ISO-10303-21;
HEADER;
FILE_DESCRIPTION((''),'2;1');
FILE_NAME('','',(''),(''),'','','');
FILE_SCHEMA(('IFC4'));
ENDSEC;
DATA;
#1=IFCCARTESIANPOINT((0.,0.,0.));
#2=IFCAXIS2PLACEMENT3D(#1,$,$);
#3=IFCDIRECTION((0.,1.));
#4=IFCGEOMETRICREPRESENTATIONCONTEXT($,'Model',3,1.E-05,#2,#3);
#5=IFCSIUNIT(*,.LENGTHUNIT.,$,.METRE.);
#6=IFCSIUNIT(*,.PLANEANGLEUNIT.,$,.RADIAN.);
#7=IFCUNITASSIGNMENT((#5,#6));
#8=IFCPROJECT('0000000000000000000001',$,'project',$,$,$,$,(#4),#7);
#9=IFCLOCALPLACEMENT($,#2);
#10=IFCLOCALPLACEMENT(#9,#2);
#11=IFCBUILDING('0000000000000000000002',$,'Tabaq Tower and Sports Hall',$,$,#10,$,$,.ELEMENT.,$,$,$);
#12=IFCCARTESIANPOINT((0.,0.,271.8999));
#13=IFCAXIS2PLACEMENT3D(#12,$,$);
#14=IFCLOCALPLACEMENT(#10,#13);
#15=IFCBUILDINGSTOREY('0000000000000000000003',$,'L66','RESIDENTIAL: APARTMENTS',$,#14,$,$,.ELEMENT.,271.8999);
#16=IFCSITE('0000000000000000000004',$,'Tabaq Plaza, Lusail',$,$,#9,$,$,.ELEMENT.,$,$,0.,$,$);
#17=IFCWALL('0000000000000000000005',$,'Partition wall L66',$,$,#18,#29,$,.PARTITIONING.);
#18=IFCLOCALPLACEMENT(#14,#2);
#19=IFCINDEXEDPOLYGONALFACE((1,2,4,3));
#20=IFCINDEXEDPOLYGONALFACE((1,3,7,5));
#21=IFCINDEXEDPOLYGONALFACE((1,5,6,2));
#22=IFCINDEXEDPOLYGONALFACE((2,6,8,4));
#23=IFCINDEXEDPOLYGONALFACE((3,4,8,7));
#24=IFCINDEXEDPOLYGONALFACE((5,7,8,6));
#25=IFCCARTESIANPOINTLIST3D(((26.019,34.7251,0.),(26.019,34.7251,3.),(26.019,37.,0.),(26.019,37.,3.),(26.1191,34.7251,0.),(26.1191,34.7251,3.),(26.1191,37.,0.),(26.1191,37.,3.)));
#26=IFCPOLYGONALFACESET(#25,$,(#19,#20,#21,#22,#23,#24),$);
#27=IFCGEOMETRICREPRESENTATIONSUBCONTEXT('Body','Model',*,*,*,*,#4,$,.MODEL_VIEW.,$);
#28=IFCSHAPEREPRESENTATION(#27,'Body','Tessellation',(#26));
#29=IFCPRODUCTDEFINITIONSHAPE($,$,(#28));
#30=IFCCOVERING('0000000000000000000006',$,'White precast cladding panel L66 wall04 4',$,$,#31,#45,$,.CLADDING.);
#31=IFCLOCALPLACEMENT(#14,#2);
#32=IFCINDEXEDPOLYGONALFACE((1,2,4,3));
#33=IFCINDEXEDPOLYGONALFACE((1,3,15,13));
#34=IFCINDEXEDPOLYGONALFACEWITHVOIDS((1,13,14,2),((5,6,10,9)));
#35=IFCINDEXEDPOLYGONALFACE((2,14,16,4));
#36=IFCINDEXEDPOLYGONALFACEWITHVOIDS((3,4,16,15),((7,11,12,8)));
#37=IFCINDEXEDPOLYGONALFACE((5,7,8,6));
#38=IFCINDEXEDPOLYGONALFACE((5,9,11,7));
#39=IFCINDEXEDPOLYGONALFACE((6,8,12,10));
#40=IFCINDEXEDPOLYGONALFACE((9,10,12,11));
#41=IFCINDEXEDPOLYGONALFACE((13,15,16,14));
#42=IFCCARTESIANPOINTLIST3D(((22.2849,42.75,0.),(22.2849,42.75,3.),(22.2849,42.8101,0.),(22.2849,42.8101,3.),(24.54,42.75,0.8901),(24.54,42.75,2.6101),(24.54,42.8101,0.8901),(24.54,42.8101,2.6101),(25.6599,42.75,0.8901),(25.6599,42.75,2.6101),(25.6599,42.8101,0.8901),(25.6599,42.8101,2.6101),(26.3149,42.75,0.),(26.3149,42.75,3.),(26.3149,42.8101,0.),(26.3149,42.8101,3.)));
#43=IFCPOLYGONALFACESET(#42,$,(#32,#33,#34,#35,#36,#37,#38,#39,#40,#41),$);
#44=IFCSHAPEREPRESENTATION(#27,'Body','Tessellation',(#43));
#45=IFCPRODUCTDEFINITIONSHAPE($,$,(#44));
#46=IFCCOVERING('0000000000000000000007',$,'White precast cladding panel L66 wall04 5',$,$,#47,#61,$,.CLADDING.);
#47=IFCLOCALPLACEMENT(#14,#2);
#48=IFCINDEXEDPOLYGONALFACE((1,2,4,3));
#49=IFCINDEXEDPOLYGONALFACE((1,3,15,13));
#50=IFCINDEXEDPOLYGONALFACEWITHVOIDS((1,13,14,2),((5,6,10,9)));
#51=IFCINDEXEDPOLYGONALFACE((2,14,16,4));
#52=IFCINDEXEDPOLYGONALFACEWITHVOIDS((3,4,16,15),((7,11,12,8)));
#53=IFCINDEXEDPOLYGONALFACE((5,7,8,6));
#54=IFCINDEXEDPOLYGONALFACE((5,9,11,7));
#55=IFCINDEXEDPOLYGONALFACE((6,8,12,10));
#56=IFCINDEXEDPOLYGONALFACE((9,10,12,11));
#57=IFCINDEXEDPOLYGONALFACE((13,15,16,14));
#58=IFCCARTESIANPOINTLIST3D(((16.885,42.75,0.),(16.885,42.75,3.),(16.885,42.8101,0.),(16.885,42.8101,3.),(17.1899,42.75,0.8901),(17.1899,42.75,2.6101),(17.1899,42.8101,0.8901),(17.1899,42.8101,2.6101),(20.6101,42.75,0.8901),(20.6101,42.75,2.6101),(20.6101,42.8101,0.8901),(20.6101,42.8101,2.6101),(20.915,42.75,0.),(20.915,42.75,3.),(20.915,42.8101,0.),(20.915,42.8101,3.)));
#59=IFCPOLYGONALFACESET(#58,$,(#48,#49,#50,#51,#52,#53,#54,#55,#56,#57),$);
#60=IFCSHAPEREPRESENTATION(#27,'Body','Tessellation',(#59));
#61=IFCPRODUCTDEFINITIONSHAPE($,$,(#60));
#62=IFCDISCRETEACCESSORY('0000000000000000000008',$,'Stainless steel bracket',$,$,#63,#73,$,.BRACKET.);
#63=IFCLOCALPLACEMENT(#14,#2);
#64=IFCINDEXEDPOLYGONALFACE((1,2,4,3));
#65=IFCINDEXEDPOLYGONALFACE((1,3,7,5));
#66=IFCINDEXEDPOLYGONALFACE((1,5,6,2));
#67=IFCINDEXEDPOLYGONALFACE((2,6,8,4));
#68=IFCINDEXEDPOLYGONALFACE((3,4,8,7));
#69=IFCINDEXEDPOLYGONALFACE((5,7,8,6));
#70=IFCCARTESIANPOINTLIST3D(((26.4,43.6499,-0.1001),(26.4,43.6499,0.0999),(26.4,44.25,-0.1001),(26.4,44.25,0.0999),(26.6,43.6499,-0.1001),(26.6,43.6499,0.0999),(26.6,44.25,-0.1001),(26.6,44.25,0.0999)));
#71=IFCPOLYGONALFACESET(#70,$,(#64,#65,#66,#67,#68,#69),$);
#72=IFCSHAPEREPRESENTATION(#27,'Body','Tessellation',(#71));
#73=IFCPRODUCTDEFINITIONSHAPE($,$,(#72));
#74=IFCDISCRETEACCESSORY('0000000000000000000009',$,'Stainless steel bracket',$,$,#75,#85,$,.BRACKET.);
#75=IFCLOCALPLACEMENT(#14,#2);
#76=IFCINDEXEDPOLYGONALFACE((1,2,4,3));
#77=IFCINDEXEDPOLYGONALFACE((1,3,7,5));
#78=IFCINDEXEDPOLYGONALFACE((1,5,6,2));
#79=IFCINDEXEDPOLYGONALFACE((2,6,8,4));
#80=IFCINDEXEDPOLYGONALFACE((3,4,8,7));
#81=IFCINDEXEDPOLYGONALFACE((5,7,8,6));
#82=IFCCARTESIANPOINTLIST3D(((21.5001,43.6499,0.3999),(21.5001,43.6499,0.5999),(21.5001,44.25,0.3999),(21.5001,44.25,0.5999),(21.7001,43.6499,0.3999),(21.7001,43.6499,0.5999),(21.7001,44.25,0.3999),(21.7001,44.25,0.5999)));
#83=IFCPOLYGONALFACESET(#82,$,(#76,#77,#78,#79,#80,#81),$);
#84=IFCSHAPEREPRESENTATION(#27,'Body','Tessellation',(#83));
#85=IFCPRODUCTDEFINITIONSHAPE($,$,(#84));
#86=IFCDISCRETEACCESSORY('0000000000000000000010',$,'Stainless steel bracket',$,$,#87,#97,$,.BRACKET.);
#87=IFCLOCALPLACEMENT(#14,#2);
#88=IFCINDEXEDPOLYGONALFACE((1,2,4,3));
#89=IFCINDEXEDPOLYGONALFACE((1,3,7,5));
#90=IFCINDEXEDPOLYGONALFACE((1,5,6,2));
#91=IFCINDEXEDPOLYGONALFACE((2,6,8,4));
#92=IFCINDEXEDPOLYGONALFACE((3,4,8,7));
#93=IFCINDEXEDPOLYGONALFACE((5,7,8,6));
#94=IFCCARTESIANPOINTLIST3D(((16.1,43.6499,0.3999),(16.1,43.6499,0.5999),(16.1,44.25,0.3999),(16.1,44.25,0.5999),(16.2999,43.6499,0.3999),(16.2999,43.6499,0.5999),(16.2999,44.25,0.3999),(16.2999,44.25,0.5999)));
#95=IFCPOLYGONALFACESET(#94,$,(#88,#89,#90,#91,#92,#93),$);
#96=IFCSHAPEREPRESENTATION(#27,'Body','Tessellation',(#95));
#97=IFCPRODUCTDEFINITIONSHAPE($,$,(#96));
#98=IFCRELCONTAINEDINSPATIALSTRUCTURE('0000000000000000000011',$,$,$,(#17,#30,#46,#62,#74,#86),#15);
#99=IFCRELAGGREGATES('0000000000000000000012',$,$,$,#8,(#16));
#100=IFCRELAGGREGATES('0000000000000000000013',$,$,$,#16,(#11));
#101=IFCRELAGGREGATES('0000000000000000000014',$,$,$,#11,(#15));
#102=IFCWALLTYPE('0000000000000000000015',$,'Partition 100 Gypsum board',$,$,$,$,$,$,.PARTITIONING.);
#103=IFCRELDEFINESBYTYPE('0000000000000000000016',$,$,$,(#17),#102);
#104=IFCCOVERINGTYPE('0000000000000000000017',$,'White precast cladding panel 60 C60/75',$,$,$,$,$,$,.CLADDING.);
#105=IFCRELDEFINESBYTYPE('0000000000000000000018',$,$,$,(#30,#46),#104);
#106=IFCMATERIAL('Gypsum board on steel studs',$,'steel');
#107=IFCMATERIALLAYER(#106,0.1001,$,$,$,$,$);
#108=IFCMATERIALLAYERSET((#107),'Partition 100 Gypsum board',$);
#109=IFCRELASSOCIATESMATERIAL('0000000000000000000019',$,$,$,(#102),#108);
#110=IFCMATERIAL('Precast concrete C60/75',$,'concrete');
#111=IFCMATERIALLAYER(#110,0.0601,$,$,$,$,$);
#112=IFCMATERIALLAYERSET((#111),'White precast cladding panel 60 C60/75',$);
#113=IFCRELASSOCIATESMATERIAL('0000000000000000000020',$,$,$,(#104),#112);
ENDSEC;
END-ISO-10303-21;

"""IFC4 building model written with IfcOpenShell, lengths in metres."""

from ifc_helpers import new_model, si_unit, direction, frame, frame_2d, origin, origin_2d, place, context, subcontext, project, spatial, polyline, rectangle, outline, extrude, material, layer, layer_set, type_object, element, save


model = new_model("IFC4")

# Units and contexts
model_context = context("Model", 3, precision=1e-05, world=origin(), true_north=direction((0.0, 1.0)))
body_context = subcontext(model_context, "Body", "Model", "MODEL_VIEW")
ifc_project = project(units=[si_unit("LENGTHUNIT", "METRE"), si_unit("PLANEANGLEUNIT", "RADIAN")], contexts=[model_context])

# Site, building, storey
site_placement = place(None, origin())
site = spatial("IfcSite", under=ifc_project, at=site_placement, Name="Tabaq Plaza, Lusail", CompositionType="ELEMENT", RefElevation=0.0)
building_placement = place(site_placement, origin())
building = spatial("IfcBuilding", under=site, at=building_placement, Name="Tabaq Tower and Sports Hall", CompositionType="ELEMENT")
storey_placement = place(building_placement, frame((0.0, 0.0, 271.8999)))
storey = spatial("IfcBuildingStorey", under=building, at=storey_placement, Name="L66", Description="RESIDENTIAL: APARTMENTS", CompositionType="ELEMENT", Elevation=271.8999)

# Shared definitions
ifc_material_1 = material(Name="Gypsum board on steel studs", Category="steel")
ifc_layer_1 = layer(ifc_material_1, 0.1001)
ifc_layer_set_1 = layer_set([ifc_layer_1], Name="Partition 100 Gypsum board")
wall_type = type_object("IfcWallType", Name="Partition 100 Gypsum board", PredefinedType="PARTITIONING", material=ifc_layer_set_1)

# Wall
wall_1_placement = place(storey_placement, frame((26.0691, 34.7251, 0.0), z_axis=(0.0, 0.0, 1.0), x_axis=(0.0, 1.0, 0.0)))
element("IfcWall", 1, at=wall_1_placement, inside=storey, type_object=wall_type, Name="Partition wall L66", PredefinedType="PARTITIONING", context=body_context, shape_type="SweptSolid", body=[
    extrude(rectangle(XDim=2.2749, YDim=0.1001, at=frame_2d((1.1375, 0.0))), origin(), (0.0, 0.0, 1.0), 3.0),
])

# Coverings
ifc_material_2 = material(Name="Precast concrete C60/75", Category="concrete")
ifc_layer_2 = layer(ifc_material_2, 0.0601)
ifc_layer_set_2 = layer_set([ifc_layer_2], Name="White precast cladding panel 60 C60/75")
covering_type = type_object("IfcCoveringType", Name="White precast cladding panel 60 C60/75", PredefinedType="CLADDING", material=ifc_layer_set_2)
covering_1_placement = place(storey_placement, frame((26.3149, 42.78, 0.0), z_axis=(0.0, 0.0, 1.0), x_axis=(-1.0, 0.0, 0.0)))
element("IfcCovering", 2, at=covering_1_placement, inside=storey, type_object=covering_type, Name="White precast cladding panel L66 wall04 4", PredefinedType="CLADDING", context=body_context, shape_type="SweptSolid", body=[
    extrude(outline(polyline([(0.0, 0.0), (4.03, 0.0), (4.03, 3.0), (0.0, 3.0), (0.0, 0.0)]), holes=[polyline([(0.655, 0.8901), (0.655, 2.6101), (1.7749, 2.6101), (1.7749, 0.8901), (0.655, 0.8901)])]), frame((0.0, 0.03, 0.0), z_axis=(0.0, -1.0, 0.0), x_axis=(1.0, 0.0, 0.0)), (0.0, 0.0, 1.0), 0.0601),
])
covering_2_placement = place(storey_placement, frame((20.915, 42.78, 0.0), z_axis=(0.0, 0.0, 1.0), x_axis=(-1.0, 0.0, 0.0)))
element("IfcCovering", 3, at=covering_2_placement, inside=storey, type_object=covering_type, Name="White precast cladding panel L66 wall04 5", PredefinedType="CLADDING", context=body_context, shape_type="SweptSolid", body=[
    extrude(outline(polyline([(0.0, 0.0), (4.03, 0.0), (4.03, 3.0), (0.0, 3.0), (0.0, 0.0)]), holes=[polyline([(0.3049, 0.8901), (0.3049, 2.6101), (3.7251, 2.6101), (3.7251, 0.8901), (0.3049, 0.8901)])]), frame((0.0, 0.03, 0.0), z_axis=(0.0, -1.0, 0.0), x_axis=(1.0, 0.0, 0.0)), (0.0, 0.0, 1.0), 0.0601),
])

# Discrete accessories
for number, where, z_axis, x_axis, name in (
    (4, (26.5, 43.95, -0.1001), (0.0, 0.0, 1.0), (0.0, 1.0, 0.0), "Stainless steel bracket"),
    (5, (21.6001, 43.95, 0.3999), (0.0, 0.0, 1.0), (0.0, 1.0, 0.0), "Stainless steel bracket"),
    (6, (16.2, 43.95, 0.3999), (0.0, 0.0, 1.0), (0.0, 1.0, 0.0), "Stainless steel bracket"),
):
    element("IfcDiscreteAccessory", number, at=place(storey_placement, frame(where, z_axis=z_axis, x_axis=x_axis)), inside=storey, Name=name, PredefinedType="BRACKET", context=body_context, shape_type="SweptSolid", body=[
        extrude(rectangle(XDim=0.6001, YDim=0.2, at=origin_2d()), origin(), (0.0, 0.0, 1.0), 0.2),
    ])

save(model, "model.ifc")
